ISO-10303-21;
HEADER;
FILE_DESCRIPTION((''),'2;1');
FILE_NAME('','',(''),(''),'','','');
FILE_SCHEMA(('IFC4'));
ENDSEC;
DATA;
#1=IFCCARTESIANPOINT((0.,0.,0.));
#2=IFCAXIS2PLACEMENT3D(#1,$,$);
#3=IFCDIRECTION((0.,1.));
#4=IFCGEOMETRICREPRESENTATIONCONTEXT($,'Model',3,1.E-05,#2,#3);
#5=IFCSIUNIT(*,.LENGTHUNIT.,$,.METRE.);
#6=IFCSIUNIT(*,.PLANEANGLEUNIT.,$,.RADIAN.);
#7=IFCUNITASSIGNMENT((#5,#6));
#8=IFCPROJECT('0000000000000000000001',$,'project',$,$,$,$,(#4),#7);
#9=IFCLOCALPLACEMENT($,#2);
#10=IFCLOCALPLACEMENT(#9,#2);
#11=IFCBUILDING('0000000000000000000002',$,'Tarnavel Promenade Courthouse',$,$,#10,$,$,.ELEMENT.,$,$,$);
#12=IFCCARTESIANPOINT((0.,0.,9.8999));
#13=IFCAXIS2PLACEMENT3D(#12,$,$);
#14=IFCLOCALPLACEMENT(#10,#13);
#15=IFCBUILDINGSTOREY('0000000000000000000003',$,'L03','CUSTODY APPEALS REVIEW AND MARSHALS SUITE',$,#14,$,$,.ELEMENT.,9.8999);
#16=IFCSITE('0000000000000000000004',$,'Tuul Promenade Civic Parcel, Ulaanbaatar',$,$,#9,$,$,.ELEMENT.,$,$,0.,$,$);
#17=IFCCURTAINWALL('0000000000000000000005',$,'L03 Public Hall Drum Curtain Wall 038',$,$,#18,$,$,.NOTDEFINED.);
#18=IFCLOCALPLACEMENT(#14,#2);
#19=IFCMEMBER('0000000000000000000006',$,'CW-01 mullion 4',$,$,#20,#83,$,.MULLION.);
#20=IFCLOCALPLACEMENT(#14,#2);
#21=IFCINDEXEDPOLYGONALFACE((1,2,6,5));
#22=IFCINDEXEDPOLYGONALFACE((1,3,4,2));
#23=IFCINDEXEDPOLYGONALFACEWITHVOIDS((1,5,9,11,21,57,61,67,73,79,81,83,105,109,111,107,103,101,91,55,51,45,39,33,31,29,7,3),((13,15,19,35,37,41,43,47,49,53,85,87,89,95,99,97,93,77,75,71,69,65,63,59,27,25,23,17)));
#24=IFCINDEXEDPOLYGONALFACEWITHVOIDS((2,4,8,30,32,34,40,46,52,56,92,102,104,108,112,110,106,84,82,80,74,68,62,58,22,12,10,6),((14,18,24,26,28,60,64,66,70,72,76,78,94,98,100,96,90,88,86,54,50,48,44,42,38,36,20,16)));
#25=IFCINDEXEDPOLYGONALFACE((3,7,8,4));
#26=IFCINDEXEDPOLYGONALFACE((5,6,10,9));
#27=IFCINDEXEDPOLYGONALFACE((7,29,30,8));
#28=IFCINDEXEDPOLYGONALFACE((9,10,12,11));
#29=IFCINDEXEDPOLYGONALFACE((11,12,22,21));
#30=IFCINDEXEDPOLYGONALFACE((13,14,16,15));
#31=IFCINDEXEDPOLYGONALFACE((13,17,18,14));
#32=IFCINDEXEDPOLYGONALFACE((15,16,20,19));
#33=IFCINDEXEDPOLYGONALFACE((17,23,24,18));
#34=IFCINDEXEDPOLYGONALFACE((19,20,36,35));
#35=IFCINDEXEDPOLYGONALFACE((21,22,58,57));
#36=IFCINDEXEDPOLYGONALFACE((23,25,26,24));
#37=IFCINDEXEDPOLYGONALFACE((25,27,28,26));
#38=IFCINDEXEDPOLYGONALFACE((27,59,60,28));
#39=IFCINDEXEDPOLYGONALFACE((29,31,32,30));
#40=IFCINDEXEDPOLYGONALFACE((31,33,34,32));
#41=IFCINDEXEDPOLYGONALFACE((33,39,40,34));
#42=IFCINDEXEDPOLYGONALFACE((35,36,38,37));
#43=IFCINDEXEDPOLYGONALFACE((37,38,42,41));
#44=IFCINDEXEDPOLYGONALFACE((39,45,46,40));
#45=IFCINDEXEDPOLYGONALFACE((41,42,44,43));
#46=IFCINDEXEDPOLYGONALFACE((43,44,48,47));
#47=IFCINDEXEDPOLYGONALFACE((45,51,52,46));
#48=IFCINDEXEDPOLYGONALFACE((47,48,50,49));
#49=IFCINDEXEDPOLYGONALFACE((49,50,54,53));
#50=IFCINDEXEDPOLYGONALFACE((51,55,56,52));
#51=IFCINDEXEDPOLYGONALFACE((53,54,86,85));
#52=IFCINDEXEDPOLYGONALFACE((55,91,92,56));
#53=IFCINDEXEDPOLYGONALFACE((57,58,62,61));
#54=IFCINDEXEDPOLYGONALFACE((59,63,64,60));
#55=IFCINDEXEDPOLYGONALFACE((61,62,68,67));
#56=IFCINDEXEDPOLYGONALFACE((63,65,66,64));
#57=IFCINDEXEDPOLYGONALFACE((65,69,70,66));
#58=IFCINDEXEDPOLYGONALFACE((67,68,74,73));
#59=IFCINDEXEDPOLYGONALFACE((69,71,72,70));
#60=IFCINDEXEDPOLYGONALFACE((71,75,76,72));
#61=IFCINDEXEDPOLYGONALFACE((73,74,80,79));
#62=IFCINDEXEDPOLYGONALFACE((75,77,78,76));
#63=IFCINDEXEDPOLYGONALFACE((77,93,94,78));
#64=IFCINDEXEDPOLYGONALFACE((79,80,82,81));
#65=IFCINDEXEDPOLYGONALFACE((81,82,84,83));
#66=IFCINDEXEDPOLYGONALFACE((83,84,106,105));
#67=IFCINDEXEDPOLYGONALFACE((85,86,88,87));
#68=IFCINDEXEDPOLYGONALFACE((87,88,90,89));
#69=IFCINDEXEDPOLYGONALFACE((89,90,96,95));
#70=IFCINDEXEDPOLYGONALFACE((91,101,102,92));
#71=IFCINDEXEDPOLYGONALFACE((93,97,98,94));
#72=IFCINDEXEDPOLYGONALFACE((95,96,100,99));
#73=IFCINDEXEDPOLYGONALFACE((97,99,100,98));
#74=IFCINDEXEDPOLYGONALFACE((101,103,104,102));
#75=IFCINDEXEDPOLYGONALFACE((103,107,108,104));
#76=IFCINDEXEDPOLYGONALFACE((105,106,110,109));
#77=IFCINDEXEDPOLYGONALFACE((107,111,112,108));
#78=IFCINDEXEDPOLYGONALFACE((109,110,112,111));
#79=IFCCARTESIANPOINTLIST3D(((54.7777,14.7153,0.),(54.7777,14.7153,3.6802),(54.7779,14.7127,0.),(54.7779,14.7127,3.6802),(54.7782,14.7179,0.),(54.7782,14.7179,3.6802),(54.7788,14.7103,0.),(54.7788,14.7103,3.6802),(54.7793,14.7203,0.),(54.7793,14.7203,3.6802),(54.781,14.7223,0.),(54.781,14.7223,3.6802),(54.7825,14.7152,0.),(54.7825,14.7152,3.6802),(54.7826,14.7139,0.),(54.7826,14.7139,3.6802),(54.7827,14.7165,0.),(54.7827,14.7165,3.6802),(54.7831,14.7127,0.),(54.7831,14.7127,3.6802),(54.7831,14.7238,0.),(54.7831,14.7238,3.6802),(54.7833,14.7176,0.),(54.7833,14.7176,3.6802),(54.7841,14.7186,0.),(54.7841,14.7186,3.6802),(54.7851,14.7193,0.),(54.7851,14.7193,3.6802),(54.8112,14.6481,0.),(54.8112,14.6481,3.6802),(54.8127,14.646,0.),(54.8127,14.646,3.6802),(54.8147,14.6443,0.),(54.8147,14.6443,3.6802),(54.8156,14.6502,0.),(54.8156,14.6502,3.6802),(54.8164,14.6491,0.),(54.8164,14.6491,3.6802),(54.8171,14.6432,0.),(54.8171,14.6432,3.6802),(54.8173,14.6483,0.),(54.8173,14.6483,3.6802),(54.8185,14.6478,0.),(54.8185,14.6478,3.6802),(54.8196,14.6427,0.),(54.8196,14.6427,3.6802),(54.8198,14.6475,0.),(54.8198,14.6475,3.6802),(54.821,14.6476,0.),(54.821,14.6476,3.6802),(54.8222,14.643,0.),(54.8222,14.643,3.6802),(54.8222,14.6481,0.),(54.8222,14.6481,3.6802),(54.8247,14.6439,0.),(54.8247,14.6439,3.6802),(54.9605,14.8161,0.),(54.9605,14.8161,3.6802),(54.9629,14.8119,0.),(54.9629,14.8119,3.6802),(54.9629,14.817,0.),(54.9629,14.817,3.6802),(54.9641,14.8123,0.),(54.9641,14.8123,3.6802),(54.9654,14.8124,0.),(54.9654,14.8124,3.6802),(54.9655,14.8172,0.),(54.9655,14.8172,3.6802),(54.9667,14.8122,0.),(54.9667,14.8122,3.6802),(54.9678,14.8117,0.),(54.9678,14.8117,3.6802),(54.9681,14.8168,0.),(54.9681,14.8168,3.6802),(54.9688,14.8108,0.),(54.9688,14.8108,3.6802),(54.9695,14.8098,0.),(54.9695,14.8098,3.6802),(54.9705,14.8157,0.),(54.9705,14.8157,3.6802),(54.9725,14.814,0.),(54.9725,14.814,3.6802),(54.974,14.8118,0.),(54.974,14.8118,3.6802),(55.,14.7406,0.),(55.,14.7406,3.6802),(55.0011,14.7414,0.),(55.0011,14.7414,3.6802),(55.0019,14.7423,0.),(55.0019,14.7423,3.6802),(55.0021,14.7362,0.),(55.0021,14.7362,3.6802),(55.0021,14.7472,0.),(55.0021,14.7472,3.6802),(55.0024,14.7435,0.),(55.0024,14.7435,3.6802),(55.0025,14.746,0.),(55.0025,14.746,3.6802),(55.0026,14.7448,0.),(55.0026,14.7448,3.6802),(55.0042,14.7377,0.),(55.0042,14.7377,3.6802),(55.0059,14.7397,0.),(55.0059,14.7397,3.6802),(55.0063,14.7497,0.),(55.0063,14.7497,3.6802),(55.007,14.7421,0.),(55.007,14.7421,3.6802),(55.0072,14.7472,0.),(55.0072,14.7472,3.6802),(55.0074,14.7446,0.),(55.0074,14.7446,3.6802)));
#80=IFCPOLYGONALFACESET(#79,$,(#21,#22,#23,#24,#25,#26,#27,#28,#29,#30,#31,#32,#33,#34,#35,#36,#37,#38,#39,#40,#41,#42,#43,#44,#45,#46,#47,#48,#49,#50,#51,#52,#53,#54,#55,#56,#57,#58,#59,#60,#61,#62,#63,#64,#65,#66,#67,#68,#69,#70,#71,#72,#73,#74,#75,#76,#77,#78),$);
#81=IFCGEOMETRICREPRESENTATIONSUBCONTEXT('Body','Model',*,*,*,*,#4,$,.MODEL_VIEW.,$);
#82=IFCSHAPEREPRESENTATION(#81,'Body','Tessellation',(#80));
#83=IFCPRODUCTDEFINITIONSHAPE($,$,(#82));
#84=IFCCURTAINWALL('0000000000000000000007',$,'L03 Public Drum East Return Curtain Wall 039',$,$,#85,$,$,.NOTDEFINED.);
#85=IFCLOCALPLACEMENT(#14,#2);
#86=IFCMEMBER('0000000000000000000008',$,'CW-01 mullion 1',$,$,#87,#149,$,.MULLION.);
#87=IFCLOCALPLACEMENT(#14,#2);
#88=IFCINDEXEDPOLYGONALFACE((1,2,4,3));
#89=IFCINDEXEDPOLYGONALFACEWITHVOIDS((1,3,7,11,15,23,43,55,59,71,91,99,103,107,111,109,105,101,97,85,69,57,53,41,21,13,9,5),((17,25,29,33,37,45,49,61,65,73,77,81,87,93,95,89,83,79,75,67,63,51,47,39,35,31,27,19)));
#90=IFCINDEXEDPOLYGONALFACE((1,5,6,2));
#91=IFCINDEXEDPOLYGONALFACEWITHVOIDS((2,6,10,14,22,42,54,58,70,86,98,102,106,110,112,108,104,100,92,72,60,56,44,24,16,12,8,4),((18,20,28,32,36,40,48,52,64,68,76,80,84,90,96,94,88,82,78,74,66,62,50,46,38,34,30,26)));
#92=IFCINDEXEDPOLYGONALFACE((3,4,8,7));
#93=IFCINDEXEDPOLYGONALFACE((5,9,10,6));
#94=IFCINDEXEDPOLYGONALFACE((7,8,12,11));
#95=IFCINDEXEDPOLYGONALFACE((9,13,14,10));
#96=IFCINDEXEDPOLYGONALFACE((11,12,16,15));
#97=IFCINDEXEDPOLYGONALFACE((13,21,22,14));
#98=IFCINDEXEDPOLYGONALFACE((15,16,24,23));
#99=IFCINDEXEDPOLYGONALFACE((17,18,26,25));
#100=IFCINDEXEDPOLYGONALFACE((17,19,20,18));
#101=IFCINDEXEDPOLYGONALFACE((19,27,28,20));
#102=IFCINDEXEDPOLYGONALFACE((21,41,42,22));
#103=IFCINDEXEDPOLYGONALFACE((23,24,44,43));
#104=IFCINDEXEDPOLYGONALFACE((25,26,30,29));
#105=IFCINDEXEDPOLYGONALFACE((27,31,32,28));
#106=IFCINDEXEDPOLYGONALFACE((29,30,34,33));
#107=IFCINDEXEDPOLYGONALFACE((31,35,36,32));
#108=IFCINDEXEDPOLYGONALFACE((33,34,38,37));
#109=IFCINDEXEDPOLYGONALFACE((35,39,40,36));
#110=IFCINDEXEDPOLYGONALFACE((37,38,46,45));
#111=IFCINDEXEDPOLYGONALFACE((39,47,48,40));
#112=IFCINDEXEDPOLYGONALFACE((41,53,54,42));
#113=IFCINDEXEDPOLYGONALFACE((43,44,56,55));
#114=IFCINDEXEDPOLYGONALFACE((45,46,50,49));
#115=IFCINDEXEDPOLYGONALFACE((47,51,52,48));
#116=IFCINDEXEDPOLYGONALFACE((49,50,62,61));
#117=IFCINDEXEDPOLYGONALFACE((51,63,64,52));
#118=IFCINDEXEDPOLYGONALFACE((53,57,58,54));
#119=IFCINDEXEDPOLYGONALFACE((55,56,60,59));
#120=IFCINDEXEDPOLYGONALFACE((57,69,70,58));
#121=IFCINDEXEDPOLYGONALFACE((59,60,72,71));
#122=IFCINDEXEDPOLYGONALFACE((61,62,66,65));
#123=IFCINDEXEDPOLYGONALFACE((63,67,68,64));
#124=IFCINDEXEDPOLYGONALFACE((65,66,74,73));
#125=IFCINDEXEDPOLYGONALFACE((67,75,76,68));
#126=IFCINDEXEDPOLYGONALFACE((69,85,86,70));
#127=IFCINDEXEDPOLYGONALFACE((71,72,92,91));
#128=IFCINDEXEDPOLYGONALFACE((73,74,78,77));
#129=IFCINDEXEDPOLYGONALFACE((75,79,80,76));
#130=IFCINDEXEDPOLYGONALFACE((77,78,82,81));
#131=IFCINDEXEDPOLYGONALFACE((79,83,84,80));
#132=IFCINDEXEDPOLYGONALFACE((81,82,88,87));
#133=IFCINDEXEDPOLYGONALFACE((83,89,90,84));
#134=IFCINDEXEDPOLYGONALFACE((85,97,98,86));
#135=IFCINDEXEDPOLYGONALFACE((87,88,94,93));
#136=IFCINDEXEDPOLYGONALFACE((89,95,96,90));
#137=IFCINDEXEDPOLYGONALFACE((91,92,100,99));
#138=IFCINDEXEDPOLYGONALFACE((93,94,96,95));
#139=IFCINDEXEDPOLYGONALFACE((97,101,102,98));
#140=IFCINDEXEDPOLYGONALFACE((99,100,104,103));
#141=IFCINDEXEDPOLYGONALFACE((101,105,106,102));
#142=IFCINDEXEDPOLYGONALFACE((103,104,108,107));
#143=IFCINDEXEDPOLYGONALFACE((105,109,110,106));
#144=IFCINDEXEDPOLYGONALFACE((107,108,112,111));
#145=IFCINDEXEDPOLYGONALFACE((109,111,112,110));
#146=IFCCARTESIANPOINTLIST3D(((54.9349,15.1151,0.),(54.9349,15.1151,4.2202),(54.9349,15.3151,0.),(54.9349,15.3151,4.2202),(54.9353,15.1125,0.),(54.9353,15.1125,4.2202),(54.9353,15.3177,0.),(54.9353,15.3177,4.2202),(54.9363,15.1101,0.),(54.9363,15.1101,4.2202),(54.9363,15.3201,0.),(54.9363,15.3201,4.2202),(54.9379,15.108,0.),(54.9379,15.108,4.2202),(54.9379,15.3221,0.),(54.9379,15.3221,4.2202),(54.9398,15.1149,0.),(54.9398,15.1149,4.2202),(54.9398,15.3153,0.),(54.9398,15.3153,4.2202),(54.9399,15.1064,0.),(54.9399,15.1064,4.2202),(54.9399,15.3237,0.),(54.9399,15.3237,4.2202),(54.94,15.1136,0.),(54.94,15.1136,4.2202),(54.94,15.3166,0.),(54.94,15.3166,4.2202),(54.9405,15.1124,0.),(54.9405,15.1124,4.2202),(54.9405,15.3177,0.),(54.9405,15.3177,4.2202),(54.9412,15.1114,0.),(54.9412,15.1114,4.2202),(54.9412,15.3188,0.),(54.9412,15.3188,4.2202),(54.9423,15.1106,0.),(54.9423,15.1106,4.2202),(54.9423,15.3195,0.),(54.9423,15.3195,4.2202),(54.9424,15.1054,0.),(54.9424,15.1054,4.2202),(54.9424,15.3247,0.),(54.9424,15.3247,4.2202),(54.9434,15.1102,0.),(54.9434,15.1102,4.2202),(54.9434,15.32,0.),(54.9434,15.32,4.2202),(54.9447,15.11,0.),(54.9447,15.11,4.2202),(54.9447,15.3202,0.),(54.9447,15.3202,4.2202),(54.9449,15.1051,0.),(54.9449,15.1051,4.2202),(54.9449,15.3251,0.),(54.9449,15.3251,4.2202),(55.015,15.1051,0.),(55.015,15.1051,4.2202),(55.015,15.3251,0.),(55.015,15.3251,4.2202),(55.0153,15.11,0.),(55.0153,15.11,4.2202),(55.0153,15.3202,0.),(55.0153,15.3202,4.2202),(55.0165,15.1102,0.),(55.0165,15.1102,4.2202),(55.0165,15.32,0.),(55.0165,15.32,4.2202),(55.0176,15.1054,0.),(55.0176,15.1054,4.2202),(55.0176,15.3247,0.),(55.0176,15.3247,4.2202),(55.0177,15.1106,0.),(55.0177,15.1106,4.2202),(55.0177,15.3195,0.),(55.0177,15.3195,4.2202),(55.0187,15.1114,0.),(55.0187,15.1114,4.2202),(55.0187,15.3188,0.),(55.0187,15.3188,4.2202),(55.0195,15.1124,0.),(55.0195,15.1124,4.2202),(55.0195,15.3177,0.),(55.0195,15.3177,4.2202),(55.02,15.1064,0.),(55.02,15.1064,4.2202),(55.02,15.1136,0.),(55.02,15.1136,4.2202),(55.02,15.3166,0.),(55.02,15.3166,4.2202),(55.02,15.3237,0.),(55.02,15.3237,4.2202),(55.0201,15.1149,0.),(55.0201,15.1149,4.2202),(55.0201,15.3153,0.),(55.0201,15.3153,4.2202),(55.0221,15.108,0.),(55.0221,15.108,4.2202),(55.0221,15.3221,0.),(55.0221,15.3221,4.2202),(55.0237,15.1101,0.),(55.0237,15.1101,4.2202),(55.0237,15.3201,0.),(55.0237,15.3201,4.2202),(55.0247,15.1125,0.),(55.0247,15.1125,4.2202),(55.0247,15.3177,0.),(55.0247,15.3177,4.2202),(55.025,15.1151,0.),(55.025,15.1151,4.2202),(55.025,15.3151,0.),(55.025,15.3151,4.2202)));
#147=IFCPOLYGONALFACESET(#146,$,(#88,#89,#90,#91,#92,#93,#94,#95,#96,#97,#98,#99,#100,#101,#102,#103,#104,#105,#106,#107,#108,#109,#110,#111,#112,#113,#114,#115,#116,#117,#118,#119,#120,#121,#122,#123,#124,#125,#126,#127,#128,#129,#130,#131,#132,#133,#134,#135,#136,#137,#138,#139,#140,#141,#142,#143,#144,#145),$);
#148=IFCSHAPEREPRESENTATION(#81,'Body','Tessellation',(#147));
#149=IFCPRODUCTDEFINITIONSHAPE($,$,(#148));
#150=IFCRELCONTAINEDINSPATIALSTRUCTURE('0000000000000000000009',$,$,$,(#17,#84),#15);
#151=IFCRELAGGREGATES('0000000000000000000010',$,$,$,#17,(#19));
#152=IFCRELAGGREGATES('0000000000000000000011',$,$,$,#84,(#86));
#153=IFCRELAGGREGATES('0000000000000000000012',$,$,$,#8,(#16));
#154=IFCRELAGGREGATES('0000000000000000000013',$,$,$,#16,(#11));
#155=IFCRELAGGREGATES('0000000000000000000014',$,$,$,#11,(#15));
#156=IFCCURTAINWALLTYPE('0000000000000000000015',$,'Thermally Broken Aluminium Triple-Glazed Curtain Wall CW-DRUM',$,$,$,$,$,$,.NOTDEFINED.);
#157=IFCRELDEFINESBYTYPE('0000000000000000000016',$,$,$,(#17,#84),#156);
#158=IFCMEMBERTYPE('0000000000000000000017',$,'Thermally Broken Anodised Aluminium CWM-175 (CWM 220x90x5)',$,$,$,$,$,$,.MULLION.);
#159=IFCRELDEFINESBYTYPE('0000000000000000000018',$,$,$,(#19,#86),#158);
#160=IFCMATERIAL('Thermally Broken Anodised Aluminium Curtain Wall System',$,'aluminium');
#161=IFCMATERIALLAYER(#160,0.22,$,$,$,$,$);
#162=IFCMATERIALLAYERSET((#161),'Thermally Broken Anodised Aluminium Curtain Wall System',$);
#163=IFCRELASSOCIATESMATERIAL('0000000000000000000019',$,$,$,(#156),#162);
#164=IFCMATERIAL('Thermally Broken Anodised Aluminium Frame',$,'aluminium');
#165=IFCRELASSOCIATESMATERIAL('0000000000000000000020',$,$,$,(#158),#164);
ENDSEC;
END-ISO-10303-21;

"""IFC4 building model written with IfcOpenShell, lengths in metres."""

from ifc_helpers import new_model, si_unit, direction, frame, origin, origin_2d, place, context, subcontext, project, spatial, hollow_rectangle, extrude, material, layer, layer_set, material_profile, profile_set, type_object, element, aggregate, save


model = new_model("IFC4")

# Units and contexts
model_context = context("Model", 3, precision=1e-05, world=origin(), true_north=direction((0.0, 1.0)))
body_context = subcontext(model_context, "Body", "Model", "MODEL_VIEW")
ifc_project = project(units=[si_unit("LENGTHUNIT", "METRE"), si_unit("PLANEANGLEUNIT", "RADIAN")], contexts=[model_context])

# Site, building, storey
site_placement = place(None, origin())
site = spatial("IfcSite", under=ifc_project, at=site_placement, Name="Tuul Promenade Civic Parcel, Ulaanbaatar", CompositionType="ELEMENT", RefElevation=0.0)
building_placement = place(site_placement, origin())
building = spatial("IfcBuilding", under=site, at=building_placement, Name="Tarnavel Promenade Courthouse", CompositionType="ELEMENT")
storey_placement = place(building_placement, frame((0.0, 0.0, 9.8999)))
storey = spatial("IfcBuildingStorey", under=building, at=storey_placement, Name="L03", Description="CUSTODY APPEALS REVIEW AND MARSHALS SUITE", CompositionType="ELEMENT", Elevation=9.8999)

# Curtain wall, member
ifc_material_1 = material(Name="Thermally Broken Anodised Aluminium Curtain Wall System", Category="aluminium")
ifc_layer_1 = layer(ifc_material_1, 0.22)
ifc_layer_set_1 = layer_set([ifc_layer_1], Name="Thermally Broken Anodised Aluminium Curtain Wall System")
curtain_wall_type = type_object("IfcCurtainWallType", Name="Thermally Broken Aluminium Triple-Glazed Curtain Wall CW-DRUM", PredefinedType="NOTDEFINED", material=ifc_layer_set_1)
ifc_material_2 = material(Name="Thermally Broken Anodised Aluminium Frame", Category="aluminium")
ifc_material_profile_1 = material_profile(ifc_material_2, hollow_rectangle(XDim=0.0901, YDim=0.22, WallThickness=0.0049, InnerFilletRadius=0.0049, OuterFilletRadius=0.01, at=origin_2d()), Name="CWM 220x90x5")
ifc_profile_set_1 = profile_set([ifc_material_profile_1], Name="Thermally Broken Anodised Aluminium Frame")
member_type_1 = type_object("IfcMemberType", Name="Thermally Broken Anodised Aluminium CWM-175 (CWM 220x90x5)", PredefinedType="MULLION", material=ifc_profile_set_1)
curtain_wall_1_placement = place(storey_placement, origin())
curtain_wall_1 = element("IfcCurtainWall", 1, at=curtain_wall_1_placement, inside=storey, type_object=curtain_wall_type, Name="L03 Public Hall Drum Curtain Wall 038", PredefinedType="NOTDEFINED")
member_1_placement = place(storey_placement, frame((54.8926, 14.73, 0.0), z_axis=(0.0, 0.0, 1.0), x_axis=(-0.461747, 0.887011, 0.0)))
member_1 = element("IfcMember", 2, at=member_1_placement, type_object=member_type_1, Name="CW-01 mullion 4", PredefinedType="MULLION", context=body_context, shape_type="SweptSolid", body=[
    extrude(hollow_rectangle(XDim=0.0901, YDim=0.22, WallThickness=0.0049, InnerFilletRadius=0.0049, OuterFilletRadius=0.01, at=origin_2d()), origin(), (0.0, 0.0, 1.0), 3.6802),
])

# Curtain wall, member
curtain_wall_2_placement = place(storey_placement, origin())
curtain_wall_2 = element("IfcCurtainWall", 3, at=curtain_wall_2_placement, inside=storey, type_object=curtain_wall_type, Name="L03 Public Drum East Return Curtain Wall 039", PredefinedType="NOTDEFINED")
member_2_placement = place(storey_placement, frame((54.98, 15.2151, 0.0), z_axis=(0.0, 0.0, 1.0), x_axis=(-1.0, 0.0, 0.0)))
member_2 = element("IfcMember", 4, at=member_2_placement, type_object=member_type_1, Name="CW-01 mullion 1", PredefinedType="MULLION", context=body_context, shape_type="SweptSolid", body=[
    extrude(hollow_rectangle(XDim=0.0901, YDim=0.22, WallThickness=0.0049, InnerFilletRadius=0.0049, OuterFilletRadius=0.01, at=origin_2d()), origin(), (0.0, 0.0, 1.0), 4.2202),
])

aggregate(curtain_wall_1, [member_1])
aggregate(curtain_wall_2, [member_2])

save(model, "model.ifc")
